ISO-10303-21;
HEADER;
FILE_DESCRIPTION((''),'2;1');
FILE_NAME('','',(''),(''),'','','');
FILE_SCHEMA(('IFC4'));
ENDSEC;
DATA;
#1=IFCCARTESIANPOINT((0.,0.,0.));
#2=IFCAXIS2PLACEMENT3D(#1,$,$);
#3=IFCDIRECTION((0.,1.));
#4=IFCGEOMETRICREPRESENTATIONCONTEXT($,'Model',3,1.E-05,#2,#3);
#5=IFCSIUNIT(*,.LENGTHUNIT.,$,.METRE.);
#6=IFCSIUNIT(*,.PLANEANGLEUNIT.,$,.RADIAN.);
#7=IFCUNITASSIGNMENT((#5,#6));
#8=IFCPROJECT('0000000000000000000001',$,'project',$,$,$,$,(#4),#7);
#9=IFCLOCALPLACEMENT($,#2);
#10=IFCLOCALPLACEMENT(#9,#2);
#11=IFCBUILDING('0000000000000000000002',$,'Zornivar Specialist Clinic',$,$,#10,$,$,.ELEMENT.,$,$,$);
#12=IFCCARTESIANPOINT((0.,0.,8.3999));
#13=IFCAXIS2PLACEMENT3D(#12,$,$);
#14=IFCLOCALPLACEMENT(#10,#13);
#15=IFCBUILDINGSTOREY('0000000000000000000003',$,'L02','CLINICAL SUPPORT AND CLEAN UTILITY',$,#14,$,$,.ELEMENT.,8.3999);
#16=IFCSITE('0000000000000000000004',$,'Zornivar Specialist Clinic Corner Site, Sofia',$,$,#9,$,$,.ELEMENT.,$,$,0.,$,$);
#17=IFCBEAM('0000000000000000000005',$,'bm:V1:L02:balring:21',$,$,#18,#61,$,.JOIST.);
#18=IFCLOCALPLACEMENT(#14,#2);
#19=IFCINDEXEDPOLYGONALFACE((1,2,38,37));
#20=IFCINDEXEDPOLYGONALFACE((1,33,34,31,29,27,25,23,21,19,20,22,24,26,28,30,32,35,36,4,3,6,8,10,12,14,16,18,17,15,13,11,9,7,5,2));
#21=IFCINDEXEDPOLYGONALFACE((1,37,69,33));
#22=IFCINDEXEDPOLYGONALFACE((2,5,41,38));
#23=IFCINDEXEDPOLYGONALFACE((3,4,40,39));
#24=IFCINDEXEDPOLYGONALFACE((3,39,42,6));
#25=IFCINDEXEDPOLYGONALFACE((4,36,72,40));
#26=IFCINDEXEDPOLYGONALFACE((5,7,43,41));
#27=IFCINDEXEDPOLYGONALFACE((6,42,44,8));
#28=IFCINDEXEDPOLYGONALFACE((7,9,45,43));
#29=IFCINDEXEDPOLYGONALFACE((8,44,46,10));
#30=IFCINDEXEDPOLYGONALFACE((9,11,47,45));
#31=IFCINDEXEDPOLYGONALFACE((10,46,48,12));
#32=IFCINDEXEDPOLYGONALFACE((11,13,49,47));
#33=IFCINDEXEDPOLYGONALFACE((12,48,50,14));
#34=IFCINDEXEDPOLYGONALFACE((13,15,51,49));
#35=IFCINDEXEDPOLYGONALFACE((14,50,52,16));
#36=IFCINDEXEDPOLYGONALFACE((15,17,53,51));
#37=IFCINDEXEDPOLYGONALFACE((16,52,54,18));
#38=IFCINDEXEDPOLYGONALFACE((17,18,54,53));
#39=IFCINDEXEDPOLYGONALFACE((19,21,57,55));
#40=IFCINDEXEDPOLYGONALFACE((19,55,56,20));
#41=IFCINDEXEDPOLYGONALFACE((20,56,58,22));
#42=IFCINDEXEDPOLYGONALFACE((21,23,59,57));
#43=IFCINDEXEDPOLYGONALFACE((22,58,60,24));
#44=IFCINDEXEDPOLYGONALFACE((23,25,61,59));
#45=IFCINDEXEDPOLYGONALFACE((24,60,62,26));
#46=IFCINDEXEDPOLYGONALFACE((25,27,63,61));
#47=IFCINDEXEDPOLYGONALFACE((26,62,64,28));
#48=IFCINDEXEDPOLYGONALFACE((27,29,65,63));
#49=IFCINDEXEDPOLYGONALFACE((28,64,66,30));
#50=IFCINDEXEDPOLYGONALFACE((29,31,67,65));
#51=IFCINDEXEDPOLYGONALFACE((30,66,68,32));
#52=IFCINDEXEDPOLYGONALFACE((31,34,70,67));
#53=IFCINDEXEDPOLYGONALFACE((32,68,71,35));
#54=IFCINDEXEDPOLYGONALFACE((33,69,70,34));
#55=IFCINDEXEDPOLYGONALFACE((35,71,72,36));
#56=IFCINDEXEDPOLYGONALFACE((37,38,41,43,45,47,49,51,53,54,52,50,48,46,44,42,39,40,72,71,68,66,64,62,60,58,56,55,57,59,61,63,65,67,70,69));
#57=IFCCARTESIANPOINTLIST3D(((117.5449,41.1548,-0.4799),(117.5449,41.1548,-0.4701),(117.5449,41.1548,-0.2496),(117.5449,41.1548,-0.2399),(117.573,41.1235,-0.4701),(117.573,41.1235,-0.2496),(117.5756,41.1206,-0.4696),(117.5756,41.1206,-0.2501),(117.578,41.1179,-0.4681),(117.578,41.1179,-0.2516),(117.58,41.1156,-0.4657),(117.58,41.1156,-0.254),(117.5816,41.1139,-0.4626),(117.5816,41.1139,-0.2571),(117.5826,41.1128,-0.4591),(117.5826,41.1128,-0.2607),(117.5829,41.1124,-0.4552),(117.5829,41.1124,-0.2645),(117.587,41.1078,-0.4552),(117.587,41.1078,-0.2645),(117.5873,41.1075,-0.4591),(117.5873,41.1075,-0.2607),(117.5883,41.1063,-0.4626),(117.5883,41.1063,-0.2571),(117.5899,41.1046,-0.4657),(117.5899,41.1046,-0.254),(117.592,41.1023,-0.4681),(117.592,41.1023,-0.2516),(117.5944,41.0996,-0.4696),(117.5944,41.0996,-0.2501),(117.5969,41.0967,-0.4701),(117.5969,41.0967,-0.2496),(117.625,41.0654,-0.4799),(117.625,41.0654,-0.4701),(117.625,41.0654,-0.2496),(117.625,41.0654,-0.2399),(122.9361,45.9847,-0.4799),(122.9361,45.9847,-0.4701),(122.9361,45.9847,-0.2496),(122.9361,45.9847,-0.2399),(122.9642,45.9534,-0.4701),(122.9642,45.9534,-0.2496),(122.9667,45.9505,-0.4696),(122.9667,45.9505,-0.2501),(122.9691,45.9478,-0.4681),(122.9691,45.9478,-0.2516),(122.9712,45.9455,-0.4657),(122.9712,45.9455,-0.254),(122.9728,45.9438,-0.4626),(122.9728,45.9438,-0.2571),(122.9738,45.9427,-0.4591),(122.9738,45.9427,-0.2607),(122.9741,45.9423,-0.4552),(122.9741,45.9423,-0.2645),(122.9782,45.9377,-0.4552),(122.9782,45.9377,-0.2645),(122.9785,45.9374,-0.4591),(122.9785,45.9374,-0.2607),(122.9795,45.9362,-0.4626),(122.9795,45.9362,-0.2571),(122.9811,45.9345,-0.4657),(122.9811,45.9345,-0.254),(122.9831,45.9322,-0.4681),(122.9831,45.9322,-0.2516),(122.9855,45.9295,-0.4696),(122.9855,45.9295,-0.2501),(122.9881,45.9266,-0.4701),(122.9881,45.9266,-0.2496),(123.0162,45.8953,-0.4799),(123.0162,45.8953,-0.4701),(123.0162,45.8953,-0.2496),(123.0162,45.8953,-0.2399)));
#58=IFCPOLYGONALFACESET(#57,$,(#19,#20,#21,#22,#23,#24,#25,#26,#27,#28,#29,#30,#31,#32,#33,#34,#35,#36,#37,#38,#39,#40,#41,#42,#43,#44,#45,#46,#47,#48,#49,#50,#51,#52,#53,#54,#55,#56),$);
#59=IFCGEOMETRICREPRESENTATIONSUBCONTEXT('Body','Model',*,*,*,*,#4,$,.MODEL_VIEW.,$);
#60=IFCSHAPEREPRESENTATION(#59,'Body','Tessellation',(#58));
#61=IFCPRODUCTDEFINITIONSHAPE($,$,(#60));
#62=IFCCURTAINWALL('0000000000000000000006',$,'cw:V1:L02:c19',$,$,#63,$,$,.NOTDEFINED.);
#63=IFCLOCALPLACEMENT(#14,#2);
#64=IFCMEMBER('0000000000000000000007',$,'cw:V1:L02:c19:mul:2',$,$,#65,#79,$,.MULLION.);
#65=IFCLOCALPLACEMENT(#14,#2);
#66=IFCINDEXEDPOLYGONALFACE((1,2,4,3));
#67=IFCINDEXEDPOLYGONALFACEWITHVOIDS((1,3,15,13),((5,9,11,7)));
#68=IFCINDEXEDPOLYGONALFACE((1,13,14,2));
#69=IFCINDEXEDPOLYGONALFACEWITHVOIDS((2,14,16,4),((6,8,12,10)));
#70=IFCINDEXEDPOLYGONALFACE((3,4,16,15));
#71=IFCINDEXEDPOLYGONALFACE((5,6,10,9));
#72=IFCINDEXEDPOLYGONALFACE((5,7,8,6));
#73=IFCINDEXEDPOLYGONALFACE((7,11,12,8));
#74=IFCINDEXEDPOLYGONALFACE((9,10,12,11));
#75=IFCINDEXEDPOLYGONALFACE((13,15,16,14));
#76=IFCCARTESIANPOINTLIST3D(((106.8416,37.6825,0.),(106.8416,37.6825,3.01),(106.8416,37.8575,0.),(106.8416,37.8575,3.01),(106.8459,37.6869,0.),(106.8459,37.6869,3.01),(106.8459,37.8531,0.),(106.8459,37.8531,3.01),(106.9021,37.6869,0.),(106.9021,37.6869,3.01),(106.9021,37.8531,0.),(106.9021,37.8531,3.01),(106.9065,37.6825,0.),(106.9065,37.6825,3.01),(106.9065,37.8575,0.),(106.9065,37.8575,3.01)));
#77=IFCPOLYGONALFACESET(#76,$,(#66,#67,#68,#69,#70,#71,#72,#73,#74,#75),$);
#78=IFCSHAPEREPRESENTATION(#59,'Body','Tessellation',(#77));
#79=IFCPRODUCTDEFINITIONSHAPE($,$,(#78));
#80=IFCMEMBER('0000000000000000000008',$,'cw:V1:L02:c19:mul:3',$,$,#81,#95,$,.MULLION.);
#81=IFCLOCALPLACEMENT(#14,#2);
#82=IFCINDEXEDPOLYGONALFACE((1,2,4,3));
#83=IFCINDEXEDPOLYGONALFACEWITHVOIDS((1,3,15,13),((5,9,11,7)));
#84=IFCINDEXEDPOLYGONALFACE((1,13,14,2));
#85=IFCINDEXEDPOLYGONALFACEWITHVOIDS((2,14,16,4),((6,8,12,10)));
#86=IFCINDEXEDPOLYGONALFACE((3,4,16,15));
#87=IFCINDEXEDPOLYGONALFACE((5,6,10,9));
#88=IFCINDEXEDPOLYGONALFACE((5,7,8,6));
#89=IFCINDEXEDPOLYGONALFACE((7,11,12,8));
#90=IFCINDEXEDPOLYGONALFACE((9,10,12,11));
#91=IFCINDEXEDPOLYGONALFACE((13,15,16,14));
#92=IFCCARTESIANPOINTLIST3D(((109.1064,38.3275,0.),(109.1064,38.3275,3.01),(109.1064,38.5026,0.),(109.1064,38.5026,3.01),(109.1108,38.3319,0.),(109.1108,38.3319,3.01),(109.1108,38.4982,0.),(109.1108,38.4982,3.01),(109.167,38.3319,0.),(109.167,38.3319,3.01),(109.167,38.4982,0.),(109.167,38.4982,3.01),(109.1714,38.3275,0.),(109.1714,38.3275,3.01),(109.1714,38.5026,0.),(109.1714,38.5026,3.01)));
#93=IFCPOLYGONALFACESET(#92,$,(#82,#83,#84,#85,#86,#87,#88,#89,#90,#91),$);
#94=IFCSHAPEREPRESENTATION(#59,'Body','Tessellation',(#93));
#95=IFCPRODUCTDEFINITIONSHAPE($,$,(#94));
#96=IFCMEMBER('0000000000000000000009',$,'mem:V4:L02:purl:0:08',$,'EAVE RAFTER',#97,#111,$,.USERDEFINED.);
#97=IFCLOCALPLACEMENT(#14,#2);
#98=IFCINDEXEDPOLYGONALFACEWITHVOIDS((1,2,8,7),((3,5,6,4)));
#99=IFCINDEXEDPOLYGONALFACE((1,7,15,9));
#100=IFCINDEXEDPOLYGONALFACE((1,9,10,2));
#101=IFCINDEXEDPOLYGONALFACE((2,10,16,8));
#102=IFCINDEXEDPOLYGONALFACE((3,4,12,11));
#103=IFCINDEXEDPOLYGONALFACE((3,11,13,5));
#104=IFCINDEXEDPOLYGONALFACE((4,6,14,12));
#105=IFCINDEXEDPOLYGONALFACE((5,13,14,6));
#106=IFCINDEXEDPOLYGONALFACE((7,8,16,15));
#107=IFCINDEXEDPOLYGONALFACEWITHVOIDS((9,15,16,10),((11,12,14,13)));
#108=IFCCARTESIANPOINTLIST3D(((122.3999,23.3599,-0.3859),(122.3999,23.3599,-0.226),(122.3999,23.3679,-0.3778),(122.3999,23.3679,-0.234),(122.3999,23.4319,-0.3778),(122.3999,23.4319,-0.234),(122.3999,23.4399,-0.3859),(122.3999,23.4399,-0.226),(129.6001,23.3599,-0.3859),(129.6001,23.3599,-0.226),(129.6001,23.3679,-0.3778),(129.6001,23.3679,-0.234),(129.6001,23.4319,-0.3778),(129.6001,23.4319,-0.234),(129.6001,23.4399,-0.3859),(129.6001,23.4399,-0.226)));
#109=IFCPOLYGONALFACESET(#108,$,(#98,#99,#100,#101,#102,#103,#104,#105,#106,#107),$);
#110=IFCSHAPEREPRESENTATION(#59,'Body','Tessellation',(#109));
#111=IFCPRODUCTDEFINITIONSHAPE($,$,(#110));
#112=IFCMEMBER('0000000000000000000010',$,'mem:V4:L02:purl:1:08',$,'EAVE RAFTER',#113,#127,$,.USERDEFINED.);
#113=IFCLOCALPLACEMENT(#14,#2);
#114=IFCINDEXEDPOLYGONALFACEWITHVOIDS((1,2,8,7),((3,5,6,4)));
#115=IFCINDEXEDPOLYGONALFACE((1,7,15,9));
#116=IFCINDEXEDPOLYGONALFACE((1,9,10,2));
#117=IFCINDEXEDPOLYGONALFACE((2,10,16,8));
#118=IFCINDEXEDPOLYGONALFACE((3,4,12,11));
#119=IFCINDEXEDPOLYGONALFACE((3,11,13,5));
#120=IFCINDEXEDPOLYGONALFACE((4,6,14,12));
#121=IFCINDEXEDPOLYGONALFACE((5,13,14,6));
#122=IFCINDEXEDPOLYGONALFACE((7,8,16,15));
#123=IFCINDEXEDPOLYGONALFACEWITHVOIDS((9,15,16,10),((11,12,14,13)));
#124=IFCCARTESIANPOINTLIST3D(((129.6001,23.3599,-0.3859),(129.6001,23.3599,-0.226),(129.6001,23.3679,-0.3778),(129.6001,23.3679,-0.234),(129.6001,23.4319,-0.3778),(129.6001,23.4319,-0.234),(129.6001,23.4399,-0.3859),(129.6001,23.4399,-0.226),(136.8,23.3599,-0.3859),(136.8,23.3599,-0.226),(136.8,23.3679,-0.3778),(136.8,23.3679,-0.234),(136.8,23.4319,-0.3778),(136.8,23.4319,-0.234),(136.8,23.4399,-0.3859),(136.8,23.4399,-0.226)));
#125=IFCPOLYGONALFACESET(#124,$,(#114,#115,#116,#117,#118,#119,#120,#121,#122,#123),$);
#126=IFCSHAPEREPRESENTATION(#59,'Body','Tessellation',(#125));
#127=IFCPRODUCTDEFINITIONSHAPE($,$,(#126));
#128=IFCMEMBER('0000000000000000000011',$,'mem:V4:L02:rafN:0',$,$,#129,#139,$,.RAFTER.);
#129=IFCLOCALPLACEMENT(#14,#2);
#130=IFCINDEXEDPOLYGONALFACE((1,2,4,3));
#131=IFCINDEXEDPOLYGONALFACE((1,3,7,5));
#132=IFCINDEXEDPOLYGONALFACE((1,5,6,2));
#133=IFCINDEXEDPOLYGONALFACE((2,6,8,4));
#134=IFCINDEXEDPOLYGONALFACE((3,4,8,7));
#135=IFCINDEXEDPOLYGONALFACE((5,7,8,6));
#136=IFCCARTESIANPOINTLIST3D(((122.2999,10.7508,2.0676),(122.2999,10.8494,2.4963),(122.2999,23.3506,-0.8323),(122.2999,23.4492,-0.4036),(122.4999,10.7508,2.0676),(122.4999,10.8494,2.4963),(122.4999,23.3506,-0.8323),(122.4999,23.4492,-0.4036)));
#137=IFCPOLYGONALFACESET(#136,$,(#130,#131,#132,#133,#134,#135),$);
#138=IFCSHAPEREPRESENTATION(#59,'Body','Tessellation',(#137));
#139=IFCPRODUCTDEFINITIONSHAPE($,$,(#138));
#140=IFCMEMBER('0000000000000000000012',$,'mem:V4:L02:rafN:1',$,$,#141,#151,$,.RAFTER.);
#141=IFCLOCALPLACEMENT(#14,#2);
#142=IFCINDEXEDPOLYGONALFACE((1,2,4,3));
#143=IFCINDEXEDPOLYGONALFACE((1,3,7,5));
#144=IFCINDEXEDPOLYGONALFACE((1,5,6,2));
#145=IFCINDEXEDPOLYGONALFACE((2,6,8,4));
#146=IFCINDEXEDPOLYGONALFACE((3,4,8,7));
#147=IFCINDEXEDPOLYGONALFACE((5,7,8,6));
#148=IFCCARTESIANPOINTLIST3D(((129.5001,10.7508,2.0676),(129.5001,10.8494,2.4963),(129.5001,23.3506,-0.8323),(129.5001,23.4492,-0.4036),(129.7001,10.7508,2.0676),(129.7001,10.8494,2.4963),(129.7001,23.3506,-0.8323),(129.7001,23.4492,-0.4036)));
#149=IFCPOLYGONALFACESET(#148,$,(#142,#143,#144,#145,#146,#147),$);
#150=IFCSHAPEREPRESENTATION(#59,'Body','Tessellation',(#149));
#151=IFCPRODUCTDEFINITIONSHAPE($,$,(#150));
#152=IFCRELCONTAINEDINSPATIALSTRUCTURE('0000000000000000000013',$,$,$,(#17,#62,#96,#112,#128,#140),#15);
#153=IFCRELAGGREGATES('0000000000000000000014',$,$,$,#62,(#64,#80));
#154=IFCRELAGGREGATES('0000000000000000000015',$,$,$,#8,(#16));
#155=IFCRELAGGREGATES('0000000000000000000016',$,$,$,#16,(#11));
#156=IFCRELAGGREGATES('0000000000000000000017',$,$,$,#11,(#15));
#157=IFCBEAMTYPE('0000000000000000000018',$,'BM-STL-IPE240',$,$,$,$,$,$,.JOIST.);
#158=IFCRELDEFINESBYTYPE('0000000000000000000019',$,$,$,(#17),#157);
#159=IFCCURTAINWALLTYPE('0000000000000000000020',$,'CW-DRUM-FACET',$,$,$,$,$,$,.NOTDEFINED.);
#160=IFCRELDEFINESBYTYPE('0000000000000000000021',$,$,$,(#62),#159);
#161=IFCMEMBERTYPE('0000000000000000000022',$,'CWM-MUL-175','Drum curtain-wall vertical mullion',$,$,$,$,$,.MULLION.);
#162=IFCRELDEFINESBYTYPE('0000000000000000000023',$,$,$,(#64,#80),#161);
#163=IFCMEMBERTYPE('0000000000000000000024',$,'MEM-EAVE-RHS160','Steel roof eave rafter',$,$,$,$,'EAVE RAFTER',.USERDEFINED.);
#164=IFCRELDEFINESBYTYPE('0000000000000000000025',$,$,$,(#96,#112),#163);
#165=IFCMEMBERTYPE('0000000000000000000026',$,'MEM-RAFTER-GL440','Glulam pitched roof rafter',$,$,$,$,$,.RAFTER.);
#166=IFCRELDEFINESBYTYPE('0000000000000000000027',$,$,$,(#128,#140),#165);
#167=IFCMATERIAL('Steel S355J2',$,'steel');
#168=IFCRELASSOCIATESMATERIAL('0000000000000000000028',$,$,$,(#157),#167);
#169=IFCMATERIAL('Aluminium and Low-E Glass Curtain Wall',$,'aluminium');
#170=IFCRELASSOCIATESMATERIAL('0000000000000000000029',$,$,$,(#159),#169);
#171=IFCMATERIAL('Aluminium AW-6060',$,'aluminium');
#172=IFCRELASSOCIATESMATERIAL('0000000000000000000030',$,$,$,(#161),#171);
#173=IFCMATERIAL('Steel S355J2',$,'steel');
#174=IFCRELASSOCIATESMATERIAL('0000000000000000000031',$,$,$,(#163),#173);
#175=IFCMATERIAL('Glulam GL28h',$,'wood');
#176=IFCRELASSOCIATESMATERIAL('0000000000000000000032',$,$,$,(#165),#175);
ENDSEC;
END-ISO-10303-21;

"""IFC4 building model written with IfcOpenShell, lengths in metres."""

from ifc_helpers import new_model, si_unit, direction, frame, origin, origin_2d, place, context, subcontext, project, spatial, rectangle, hollow_rectangle, i_section, extrude, material, material_profile, profile_set, type_object, element, aggregate, save


model = new_model("IFC4")

# Units and contexts
model_context = context("Model", 3, precision=1e-05, world=origin(), true_north=direction((0.0, 1.0)))
body_context = subcontext(model_context, "Body", "Model", "MODEL_VIEW")
ifc_project = project(units=[si_unit("LENGTHUNIT", "METRE"), si_unit("PLANEANGLEUNIT", "RADIAN")], contexts=[model_context])

# Site, building, storey
site_placement = place(None, origin())
site = spatial("IfcSite", under=ifc_project, at=site_placement, Name="Zornivar Specialist Clinic Corner Site, Sofia", CompositionType="ELEMENT", RefElevation=0.0)
building_placement = place(site_placement, origin())
building = spatial("IfcBuilding", under=site, at=building_placement, Name="Zornivar Specialist Clinic", CompositionType="ELEMENT")
storey_placement = place(building_placement, frame((0.0, 0.0, 8.3999)))
storey = spatial("IfcBuildingStorey", under=building, at=storey_placement, Name="L02", Description="CLINICAL SUPPORT AND CLEAN UTILITY", CompositionType="ELEMENT", Elevation=8.3999)

# Beam
ifc_material_1 = material(Name="Steel S355J2", Category="steel")
ifc_material_profile_1 = material_profile(ifc_material_1, i_section(OverallWidth=0.1201, OverallDepth=0.24, WebThickness=0.0061, FlangeThickness=0.0098, FilletRadius=0.0149, at=origin_2d()), Name="IPE 240")
ifc_profile_set_1 = profile_set([ifc_material_profile_1], Name="Steel S355J2")
beam_type_1 = type_object("IfcBeamType", Name="BM-STL-IPE240", PredefinedType="JOIST", material=ifc_profile_set_1)
beam_1_placement = place(storey_placement, frame((117.585, 41.1101, -0.3599), z_axis=(0.744815, 0.667271, 0.0), x_axis=(-0.667271, 0.744815, 0.0)))
element("IfcBeam", 1, at=beam_1_placement, inside=storey, type_object=beam_type_1, Name="bm:V1:L02:balring:21", PredefinedType="JOIST", context=body_context, shape_type="SweptSolid", body=[
    extrude(i_section(OverallWidth=0.1201, OverallDepth=0.24, WebThickness=0.0061, FlangeThickness=0.0098, FilletRadius=0.0149, at=origin_2d()), origin(), (0.0, 0.0, 1.0), 7.2383),
])

# Curtain wall, members
ifc_material_2 = material(Name="Aluminium and Low-E Glass Curtain Wall", Category="aluminium")
curtain_wall_type = type_object("IfcCurtainWallType", Name="CW-DRUM-FACET", PredefinedType="NOTDEFINED", material=ifc_material_2)
curtain_wall_placement = place(storey_placement, origin())
curtain_wall = element("IfcCurtainWall", 2, at=curtain_wall_placement, inside=storey, type_object=curtain_wall_type, Name="cw:V1:L02:c19", PredefinedType="NOTDEFINED")
ifc_material_3 = material(Name="Aluminium AW-6060", Category="aluminium")
ifc_material_profile_2 = material_profile(ifc_material_3, hollow_rectangle(XDim=0.0649, YDim=0.175, WallThickness=0.0044, at=origin_2d()), Name="ALU 65x175x4.5")
ifc_profile_set_2 = profile_set([ifc_material_profile_2], Name="Aluminium AW-6060")
member_type_1 = type_object("IfcMemberType", Name="CWM-MUL-175", Description="Drum curtain-wall vertical mullion", PredefinedType="MULLION", material=ifc_profile_set_2)
member_1_placement = place(storey_placement, frame((106.874, 37.77, 0.0), z_axis=(0.0, 0.0, 1.0), x_axis=(1.0, 0.0, 0.0)))
member_1 = element("IfcMember", 3, at=member_1_placement, type_object=member_type_1, Name="cw:V1:L02:c19:mul:2", PredefinedType="MULLION", context=body_context, shape_type="SweptSolid", body=[
    extrude(hollow_rectangle(XDim=0.0649, YDim=0.175, WallThickness=0.0044, at=origin_2d()), origin(), (0.0, 0.0, 1.0), 3.01),
])
member_2_placement = place(storey_placement, frame((109.1389, 38.415, 0.0), z_axis=(0.0, 0.0, 1.0), x_axis=(1.0, 0.0, 0.0)))
member_2 = element("IfcMember", 4, at=member_2_placement, type_object=member_type_1, Name="cw:V1:L02:c19:mul:3", PredefinedType="MULLION", context=body_context, shape_type="SweptSolid", body=[
    extrude(hollow_rectangle(XDim=0.0649, YDim=0.175, WallThickness=0.0044, at=origin_2d()), origin(), (0.0, 0.0, 1.0), 3.01),
])

# Members
ifc_material_4 = material(Name="Steel S355J2", Category="steel")
ifc_material_profile_3 = material_profile(ifc_material_4, hollow_rectangle(XDim=0.0801, YDim=0.1599, WallThickness=0.0081, at=origin_2d()), Name="RHS 160x80x8")
ifc_profile_set_3 = profile_set([ifc_material_profile_3], Name="Steel S355J2")
member_type_2 = type_object("IfcMemberType", Name="MEM-EAVE-RHS160", Description="Steel roof eave rafter", ElementType="EAVE RAFTER", PredefinedType="USERDEFINED", material=ifc_profile_set_3)
member_3_placement = place(storey_placement, frame((122.3999, 23.3999, -0.3059), z_axis=(1.0, 0.0, 0.0), x_axis=(0.0, 1.0, 0.0)))
element("IfcMember", 5, at=member_3_placement, inside=storey, type_object=member_type_2, Name="mem:V4:L02:purl:0:08", ObjectType="EAVE RAFTER", PredefinedType="USERDEFINED", context=body_context, shape_type="SweptSolid", body=[
    extrude(hollow_rectangle(XDim=0.0801, YDim=0.1599, WallThickness=0.0081, at=origin_2d()), origin(), (0.0, 0.0, 1.0), 7.2002),
])
member_4_placement = place(storey_placement, frame((129.6001, 23.3999, -0.3059), z_axis=(1.0, 0.0, 0.0), x_axis=(0.0, 1.0, 0.0)))
element("IfcMember", 6, at=member_4_placement, inside=storey, type_object=member_type_2, Name="mem:V4:L02:purl:1:08", ObjectType="EAVE RAFTER", PredefinedType="USERDEFINED", context=body_context, shape_type="SweptSolid", body=[
    extrude(hollow_rectangle(XDim=0.0801, YDim=0.1599, WallThickness=0.0081, at=origin_2d()), origin(), (0.0, 0.0, 1.0), 7.2),
])
ifc_material_5 = material(Name="Glulam GL28h", Category="wood")
ifc_material_profile_4 = material_profile(ifc_material_5, rectangle(XDim=0.2, YDim=0.4399, at=origin_2d()), Name="GL28h 200x440")
ifc_profile_set_4 = profile_set([ifc_material_profile_4], Name="Glulam GL28h")
member_type_3 = type_object("IfcMemberType", Name="MEM-RAFTER-GL440", Description="Glulam pitched roof rafter", PredefinedType="RAFTER", material=ifc_profile_set_4)
for number, where, z_axis, x_axis, name in (
    (7, (122.3999, 23.3999, -0.6179), (0.0, -0.974522, 0.22429), (1.0, 0.0, 0.0), "mem:V4:L02:rafN:0"),
    (8, (129.6001, 23.3999, -0.6179), (0.0, -0.974522, 0.22429), (1.0, 0.0, 0.0), "mem:V4:L02:rafN:1"),
):
    element("IfcMember", number, at=place(storey_placement, frame(where, z_axis=z_axis, x_axis=x_axis)), inside=storey, type_object=member_type_3, Name=name, PredefinedType="RAFTER", context=body_context, shape_type="SweptSolid", body=[
        extrude(rectangle(XDim=0.2, YDim=0.4399, at=origin_2d()), origin(), (0.0, 0.0, 1.0), 12.9292),
    ])

aggregate(curtain_wall, [member_1, member_2])

save(model, "model.ifc")
